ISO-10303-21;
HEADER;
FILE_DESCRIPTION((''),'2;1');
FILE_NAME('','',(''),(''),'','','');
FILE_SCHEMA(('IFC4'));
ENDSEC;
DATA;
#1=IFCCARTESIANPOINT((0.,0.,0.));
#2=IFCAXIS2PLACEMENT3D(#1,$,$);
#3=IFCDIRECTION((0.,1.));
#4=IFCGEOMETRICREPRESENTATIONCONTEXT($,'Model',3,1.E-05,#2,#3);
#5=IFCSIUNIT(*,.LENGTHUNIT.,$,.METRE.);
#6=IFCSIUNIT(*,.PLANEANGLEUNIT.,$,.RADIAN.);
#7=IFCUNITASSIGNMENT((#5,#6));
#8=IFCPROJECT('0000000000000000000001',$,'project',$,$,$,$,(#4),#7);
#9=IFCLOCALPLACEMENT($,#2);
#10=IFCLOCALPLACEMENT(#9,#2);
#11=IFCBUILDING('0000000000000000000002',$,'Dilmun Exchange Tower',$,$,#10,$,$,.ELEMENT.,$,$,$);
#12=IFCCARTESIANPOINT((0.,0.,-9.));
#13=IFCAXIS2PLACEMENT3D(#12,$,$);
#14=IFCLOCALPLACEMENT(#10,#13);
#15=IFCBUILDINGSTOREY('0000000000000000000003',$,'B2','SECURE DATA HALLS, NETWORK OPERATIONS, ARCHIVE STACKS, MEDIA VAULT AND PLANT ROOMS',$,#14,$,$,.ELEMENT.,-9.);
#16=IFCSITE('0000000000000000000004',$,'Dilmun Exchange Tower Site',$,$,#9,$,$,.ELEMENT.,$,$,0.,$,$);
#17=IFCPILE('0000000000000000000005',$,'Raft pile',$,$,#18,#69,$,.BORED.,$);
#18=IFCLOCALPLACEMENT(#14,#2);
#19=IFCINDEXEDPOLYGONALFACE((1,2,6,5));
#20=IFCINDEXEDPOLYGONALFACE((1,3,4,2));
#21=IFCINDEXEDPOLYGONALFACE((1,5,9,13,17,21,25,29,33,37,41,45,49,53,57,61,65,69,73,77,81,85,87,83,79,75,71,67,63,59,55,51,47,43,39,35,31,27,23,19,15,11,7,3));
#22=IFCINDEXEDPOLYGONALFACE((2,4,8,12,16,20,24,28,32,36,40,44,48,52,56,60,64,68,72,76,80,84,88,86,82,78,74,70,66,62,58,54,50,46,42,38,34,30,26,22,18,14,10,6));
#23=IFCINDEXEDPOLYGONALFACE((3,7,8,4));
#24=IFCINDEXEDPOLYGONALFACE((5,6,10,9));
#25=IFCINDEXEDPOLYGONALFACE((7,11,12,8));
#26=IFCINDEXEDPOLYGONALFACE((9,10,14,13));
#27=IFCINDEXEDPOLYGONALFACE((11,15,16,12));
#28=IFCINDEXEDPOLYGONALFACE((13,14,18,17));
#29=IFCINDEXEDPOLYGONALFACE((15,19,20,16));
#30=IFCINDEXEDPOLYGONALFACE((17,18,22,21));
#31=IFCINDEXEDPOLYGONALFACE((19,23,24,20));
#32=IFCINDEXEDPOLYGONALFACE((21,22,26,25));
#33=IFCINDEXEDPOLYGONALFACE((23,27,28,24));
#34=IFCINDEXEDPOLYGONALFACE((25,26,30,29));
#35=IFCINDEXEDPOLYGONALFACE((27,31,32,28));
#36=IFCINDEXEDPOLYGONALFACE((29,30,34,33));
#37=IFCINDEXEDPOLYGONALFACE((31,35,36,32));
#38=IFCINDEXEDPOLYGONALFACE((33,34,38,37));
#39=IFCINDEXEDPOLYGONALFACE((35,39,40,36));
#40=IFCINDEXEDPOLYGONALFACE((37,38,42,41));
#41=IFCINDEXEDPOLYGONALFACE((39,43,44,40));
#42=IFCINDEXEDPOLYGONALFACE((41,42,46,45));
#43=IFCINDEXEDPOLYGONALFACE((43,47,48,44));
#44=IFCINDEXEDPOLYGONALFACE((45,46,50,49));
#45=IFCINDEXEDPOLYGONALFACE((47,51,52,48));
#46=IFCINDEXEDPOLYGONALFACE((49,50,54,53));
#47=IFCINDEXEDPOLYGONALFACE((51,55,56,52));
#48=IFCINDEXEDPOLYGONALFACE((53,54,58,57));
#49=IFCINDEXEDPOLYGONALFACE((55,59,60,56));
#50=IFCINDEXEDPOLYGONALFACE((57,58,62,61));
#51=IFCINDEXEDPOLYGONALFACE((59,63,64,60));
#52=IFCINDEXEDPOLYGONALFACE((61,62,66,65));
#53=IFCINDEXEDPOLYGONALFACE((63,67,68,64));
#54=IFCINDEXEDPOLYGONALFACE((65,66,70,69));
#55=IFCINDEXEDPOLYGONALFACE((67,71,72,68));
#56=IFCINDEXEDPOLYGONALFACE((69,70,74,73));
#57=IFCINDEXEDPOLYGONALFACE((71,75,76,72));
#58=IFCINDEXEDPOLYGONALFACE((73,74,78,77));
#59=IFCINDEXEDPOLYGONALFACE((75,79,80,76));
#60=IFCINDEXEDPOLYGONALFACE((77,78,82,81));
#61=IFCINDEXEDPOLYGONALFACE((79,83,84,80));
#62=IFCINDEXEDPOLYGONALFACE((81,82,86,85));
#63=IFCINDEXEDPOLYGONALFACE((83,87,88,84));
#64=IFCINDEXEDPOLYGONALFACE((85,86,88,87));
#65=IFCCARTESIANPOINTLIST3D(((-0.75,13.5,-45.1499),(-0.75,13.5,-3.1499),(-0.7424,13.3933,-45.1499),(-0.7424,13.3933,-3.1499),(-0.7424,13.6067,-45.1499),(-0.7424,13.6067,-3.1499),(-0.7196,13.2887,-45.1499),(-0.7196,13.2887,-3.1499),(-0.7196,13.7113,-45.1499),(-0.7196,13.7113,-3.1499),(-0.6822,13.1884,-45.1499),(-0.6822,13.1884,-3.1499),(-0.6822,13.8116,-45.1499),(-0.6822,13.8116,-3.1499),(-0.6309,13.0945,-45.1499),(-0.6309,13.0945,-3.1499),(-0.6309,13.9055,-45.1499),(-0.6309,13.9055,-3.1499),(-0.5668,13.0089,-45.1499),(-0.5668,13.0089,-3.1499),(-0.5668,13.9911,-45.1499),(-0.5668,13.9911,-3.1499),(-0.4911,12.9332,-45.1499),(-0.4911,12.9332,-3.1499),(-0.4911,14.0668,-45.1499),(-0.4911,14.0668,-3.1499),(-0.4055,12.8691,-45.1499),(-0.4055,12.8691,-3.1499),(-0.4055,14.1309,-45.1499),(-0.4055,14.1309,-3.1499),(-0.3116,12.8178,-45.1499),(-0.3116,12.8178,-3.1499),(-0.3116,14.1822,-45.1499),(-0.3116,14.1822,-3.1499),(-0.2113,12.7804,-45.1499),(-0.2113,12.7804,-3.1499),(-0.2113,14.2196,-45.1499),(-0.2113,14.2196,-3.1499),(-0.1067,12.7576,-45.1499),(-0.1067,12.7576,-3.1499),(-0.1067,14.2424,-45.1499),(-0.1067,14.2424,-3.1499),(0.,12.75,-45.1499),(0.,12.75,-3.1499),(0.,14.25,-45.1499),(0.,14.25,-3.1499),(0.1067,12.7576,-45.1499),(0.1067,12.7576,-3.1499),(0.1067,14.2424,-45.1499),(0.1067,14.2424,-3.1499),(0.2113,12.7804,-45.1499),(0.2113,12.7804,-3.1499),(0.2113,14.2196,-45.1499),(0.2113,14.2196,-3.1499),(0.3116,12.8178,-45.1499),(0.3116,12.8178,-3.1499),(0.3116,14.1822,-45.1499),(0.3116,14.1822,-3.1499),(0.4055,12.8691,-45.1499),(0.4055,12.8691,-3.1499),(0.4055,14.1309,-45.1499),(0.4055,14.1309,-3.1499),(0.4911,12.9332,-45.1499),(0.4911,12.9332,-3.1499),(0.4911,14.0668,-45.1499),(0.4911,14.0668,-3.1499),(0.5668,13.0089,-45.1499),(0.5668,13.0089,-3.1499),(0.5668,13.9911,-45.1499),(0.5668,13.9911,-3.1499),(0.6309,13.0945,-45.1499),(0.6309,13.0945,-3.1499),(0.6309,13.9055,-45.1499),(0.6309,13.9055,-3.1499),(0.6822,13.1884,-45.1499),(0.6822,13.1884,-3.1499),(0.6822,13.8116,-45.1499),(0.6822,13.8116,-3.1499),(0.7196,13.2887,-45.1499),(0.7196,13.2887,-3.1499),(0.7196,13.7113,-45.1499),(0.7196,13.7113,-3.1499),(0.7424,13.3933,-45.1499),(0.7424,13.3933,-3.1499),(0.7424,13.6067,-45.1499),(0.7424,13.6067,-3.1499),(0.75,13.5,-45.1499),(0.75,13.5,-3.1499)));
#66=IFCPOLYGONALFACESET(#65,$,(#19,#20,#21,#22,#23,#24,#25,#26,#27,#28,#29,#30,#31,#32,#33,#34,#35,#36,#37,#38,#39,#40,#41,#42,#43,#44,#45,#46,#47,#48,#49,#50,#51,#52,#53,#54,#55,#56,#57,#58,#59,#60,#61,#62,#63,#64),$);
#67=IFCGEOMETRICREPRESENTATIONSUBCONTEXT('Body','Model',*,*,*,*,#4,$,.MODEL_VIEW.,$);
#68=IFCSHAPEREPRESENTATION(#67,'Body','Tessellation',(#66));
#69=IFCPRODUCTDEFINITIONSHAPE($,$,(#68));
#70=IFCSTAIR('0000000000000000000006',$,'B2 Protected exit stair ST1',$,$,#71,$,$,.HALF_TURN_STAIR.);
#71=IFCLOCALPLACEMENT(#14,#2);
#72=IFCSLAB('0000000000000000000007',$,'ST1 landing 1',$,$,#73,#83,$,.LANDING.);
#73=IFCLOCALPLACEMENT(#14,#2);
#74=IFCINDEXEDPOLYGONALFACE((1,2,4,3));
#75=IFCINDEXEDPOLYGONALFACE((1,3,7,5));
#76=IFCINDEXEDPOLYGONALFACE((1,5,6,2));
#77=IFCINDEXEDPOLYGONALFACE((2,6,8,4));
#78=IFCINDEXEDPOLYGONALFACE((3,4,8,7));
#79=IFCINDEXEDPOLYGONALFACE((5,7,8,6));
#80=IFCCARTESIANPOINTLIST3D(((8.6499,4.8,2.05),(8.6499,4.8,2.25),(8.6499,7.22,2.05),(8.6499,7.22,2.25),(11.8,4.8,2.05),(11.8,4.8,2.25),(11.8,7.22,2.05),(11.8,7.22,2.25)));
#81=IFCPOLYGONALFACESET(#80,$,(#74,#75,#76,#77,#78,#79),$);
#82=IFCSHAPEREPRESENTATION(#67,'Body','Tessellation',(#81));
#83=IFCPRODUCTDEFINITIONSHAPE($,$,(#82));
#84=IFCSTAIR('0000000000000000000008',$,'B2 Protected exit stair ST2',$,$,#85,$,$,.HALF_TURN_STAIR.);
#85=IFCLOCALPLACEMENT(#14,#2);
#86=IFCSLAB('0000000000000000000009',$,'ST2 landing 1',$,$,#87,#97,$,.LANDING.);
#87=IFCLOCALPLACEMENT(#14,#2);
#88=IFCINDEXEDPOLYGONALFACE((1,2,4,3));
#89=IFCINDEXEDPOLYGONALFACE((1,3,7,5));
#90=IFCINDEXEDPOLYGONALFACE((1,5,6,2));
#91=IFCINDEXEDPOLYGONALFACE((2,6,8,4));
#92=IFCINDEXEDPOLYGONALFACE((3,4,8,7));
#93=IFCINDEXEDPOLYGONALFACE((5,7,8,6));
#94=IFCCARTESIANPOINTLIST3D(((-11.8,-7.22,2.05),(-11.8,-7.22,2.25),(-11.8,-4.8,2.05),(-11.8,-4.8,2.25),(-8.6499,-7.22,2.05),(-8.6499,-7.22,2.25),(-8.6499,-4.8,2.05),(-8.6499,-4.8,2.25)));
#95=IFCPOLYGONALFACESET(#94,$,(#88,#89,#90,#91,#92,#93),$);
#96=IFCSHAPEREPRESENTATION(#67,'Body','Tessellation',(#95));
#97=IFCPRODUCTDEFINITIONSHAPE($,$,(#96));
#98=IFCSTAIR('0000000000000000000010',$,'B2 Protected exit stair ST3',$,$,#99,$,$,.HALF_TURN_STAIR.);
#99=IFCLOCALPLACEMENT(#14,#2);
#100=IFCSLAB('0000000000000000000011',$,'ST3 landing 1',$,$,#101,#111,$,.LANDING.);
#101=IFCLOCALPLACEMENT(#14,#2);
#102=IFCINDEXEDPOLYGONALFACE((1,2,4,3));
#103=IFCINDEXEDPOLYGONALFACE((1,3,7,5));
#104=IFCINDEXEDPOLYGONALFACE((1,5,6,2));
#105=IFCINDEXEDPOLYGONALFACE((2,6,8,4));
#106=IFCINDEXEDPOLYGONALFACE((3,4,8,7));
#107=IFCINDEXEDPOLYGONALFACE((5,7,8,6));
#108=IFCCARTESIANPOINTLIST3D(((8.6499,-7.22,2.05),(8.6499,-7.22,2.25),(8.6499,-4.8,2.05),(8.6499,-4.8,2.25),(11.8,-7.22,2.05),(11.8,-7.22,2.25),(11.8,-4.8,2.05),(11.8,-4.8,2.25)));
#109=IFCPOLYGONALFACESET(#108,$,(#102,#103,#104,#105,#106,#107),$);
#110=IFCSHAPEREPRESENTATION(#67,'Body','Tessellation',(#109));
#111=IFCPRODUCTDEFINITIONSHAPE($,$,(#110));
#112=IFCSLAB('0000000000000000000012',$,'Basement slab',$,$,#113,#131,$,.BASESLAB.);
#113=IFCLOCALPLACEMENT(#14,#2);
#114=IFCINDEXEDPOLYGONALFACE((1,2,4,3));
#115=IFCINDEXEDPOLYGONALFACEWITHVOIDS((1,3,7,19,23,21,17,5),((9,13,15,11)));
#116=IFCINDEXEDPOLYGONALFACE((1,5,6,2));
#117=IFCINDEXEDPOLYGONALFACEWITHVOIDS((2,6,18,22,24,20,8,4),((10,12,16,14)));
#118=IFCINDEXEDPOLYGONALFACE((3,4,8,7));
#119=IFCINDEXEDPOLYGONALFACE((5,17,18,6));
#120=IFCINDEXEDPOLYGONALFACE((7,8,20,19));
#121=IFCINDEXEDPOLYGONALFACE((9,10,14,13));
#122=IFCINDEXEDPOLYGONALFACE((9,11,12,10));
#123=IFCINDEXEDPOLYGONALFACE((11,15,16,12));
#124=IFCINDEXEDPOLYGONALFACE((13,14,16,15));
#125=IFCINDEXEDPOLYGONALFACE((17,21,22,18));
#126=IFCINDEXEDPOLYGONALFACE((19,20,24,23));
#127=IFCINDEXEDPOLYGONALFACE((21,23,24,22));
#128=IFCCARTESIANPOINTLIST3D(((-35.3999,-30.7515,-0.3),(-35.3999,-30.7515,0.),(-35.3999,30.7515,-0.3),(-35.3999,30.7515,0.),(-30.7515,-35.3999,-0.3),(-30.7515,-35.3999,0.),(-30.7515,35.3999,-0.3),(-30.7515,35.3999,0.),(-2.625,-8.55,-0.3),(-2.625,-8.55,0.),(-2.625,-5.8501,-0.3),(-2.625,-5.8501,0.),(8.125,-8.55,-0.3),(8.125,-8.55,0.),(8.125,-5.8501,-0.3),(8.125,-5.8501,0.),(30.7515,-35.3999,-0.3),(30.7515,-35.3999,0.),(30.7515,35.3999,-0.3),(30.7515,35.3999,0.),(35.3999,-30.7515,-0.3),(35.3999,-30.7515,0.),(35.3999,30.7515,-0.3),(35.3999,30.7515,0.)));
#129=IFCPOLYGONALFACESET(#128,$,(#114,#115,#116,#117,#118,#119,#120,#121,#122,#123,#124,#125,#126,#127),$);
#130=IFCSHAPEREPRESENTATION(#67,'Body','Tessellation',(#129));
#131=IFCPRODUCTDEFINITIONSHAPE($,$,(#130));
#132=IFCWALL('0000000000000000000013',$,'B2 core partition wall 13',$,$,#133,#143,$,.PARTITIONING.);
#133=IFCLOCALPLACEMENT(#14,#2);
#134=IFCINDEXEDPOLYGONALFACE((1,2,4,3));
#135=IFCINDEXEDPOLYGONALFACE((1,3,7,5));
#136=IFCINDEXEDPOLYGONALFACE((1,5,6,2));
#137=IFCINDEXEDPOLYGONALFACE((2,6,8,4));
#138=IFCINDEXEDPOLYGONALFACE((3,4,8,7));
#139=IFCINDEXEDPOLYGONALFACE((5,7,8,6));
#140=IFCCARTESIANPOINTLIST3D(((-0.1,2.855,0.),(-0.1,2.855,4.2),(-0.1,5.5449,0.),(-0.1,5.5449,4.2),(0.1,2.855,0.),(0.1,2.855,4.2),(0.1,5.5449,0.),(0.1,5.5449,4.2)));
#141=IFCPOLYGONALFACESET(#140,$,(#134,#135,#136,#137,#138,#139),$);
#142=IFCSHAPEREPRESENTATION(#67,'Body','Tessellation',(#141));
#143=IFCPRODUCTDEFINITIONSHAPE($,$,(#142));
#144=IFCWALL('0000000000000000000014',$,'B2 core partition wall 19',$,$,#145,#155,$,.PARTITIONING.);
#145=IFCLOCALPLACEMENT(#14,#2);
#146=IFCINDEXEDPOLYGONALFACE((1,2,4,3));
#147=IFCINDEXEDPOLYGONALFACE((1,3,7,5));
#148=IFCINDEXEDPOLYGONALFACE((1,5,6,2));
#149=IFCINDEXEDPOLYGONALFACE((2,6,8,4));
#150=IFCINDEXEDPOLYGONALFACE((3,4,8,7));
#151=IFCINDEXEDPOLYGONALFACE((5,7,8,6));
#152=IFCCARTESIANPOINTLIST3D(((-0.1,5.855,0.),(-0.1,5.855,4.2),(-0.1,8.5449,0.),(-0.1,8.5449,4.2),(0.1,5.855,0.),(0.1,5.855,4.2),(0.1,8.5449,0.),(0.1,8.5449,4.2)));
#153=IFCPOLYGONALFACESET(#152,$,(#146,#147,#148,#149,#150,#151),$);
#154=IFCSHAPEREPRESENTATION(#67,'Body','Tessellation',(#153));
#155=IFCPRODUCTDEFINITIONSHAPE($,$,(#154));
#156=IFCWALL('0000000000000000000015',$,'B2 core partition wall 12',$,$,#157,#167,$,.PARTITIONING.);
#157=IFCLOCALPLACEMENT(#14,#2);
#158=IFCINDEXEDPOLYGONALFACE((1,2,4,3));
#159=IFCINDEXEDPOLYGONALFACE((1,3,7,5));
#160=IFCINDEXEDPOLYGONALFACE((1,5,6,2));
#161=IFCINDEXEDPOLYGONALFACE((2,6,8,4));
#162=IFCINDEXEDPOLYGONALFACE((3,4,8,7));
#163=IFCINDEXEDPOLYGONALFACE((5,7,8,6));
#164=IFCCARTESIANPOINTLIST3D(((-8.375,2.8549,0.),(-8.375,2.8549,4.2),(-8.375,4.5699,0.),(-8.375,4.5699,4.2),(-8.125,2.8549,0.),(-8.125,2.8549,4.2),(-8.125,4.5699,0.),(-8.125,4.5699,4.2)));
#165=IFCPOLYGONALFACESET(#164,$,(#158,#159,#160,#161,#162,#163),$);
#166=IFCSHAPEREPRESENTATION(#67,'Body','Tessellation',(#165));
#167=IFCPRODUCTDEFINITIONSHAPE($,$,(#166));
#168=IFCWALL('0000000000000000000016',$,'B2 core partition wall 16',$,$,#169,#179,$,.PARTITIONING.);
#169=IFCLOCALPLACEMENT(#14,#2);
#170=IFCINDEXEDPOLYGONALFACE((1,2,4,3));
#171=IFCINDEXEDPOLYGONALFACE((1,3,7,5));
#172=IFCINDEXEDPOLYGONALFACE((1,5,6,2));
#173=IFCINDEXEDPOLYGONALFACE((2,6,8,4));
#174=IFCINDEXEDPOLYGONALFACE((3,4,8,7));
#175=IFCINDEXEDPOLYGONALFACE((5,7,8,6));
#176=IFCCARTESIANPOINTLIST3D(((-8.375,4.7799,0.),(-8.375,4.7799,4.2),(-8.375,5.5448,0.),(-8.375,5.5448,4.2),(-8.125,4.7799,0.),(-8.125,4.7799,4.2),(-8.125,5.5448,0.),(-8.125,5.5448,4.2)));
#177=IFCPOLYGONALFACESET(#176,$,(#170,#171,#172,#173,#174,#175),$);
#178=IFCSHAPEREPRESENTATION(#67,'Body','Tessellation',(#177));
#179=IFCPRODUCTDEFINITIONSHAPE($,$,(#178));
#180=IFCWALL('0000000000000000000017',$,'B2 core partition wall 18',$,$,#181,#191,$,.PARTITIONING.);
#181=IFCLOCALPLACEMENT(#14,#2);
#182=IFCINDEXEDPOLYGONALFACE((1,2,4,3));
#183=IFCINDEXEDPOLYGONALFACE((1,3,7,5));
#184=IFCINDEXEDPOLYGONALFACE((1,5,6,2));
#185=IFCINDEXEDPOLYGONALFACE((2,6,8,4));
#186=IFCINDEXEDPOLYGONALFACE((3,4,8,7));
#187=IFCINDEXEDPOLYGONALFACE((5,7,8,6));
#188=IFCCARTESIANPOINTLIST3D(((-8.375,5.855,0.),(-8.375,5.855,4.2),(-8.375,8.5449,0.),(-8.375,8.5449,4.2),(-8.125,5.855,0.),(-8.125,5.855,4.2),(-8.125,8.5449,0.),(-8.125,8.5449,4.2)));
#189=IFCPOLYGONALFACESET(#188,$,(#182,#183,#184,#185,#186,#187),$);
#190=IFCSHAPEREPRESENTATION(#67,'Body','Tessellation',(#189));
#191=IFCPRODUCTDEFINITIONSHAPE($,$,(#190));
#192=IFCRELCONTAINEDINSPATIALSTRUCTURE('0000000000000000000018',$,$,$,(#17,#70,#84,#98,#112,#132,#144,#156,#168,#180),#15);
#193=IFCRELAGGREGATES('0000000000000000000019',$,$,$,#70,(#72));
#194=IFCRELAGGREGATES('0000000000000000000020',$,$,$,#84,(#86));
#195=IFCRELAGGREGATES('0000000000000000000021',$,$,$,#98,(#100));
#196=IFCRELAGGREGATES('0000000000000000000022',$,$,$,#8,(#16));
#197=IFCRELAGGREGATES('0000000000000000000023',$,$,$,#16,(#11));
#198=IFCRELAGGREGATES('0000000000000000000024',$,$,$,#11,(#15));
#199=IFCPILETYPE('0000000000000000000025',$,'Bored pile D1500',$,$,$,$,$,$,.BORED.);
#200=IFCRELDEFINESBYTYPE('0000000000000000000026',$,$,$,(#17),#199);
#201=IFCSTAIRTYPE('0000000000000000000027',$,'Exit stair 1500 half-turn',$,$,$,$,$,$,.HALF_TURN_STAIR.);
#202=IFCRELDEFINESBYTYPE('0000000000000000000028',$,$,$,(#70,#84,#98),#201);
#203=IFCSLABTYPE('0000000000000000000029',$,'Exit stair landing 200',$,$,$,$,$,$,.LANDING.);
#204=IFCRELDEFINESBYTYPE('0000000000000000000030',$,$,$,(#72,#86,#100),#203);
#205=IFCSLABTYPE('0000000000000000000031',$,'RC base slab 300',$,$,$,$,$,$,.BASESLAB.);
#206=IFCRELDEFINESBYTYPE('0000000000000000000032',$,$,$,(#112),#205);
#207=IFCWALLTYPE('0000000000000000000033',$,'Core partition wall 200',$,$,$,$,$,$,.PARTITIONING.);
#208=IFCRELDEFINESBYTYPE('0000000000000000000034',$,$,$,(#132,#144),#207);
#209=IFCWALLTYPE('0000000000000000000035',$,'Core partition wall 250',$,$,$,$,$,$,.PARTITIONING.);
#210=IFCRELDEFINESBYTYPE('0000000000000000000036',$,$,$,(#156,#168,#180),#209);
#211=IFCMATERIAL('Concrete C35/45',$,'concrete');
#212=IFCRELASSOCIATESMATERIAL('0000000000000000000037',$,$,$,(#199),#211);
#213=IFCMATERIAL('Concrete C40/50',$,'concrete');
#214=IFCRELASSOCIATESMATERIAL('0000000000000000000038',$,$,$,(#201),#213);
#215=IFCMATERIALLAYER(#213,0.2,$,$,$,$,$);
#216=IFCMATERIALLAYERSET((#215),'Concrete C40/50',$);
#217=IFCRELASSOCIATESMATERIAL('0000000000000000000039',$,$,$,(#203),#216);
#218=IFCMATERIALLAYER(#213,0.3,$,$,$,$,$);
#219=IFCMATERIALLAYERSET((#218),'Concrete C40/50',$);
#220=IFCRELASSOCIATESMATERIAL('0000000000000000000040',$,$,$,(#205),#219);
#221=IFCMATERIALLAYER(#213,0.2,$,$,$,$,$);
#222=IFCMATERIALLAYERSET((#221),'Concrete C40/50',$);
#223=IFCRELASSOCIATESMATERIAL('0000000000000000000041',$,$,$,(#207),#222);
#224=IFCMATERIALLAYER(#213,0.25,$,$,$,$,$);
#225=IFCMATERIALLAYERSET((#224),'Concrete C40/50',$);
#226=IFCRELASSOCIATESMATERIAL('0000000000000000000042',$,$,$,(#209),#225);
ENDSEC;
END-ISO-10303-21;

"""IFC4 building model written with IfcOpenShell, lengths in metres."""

from ifc_helpers import new_model, si_unit, direction, frame, frame_2d, origin, origin_2d, place, context, subcontext, project, spatial, polyline, rectangle, circle, outline, extrude, material, layer, layer_set, material_profile, profile_set, type_object, element, aggregate, save


model = new_model("IFC4")

# Units and contexts
model_context = context("Model", 3, precision=1e-05, world=origin(), true_north=direction((0.0, 1.0)))
body_context = subcontext(model_context, "Body", "Model", "MODEL_VIEW")
ifc_project = project(units=[si_unit("LENGTHUNIT", "METRE"), si_unit("PLANEANGLEUNIT", "RADIAN")], contexts=[model_context])

# Site, building, storey
site_placement = place(None, origin())
site = spatial("IfcSite", under=ifc_project, at=site_placement, Name="Dilmun Exchange Tower Site", CompositionType="ELEMENT", RefElevation=0.0)
building_placement = place(site_placement, origin())
building = spatial("IfcBuilding", under=site, at=building_placement, Name="Dilmun Exchange Tower", CompositionType="ELEMENT")
storey_placement = place(building_placement, frame((0.0, 0.0, -9.0)))
storey = spatial("IfcBuildingStorey", under=building, at=storey_placement, Name="B2", Description="SECURE DATA HALLS, NETWORK OPERATIONS, ARCHIVE STACKS, MEDIA VAULT AND PLANT ROOMS", CompositionType="ELEMENT", Elevation=-9.0)

# Pile
ifc_material_1 = material(Name="Concrete C35/45", Category="concrete")
ifc_material_profile = material_profile(ifc_material_1, circle(Radius=0.75, at=origin_2d()), Name="D1500")
ifc_profile_set = profile_set([ifc_material_profile], Name="Concrete C35/45")
pile_type = type_object("IfcPileType", Name="Bored pile D1500", PredefinedType="BORED", material=ifc_profile_set)
for number, where, z_axis, x_axis, name in (
    (1, (0.0, 13.5, -3.1499), (0.0, 0.0, -1.0), (1.0, 0.0, 0.0), "Raft pile"),
):
    element("IfcPile", number, at=place(storey_placement, frame(where, z_axis=z_axis, x_axis=x_axis)), inside=storey, type_object=pile_type, Name=name, PredefinedType="BORED", context=body_context, shape_type="SweptSolid", body=[
        extrude(circle(Radius=0.75, at=origin_2d()), origin(), (0.0, 0.0, 1.0), 42.0),
    ])

# Stairs, slabs
ifc_material_2 = material(Name="Concrete C40/50", Category="concrete")
stair_type = type_object("IfcStairType", Name="Exit stair 1500 half-turn", PredefinedType="HALF_TURN_STAIR", material=ifc_material_2)
stair_1_placement = place(storey_placement, origin())
stair_1 = element("IfcStair", 2, at=stair_1_placement, inside=storey, type_object=stair_type, Name="B2 Protected exit stair ST1", PredefinedType="HALF_TURN_STAIR")
ifc_layer_1 = layer(ifc_material_2, 0.2)
ifc_layer_set_1 = layer_set([ifc_layer_1], Name="Concrete C40/50")
slab_type_1 = type_object("IfcSlabType", Name="Exit stair landing 200", PredefinedType="LANDING", material=ifc_layer_set_1)
slab_1_placement = place(storey_placement, frame((0.0, 0.0, 2.05)))
slab_1 = element("IfcSlab", 3, at=slab_1_placement, type_object=slab_type_1, Name="ST1 landing 1", PredefinedType="LANDING", context=body_context, shape_type="SweptSolid", body=[
    extrude(outline(polyline([(8.6499, 7.22), (8.6499, 4.8), (11.8, 4.8), (11.8, 7.22), (8.6499, 7.22)])), origin(), (0.0, 0.0, 1.0), 0.2),
])
aggregate(stair_1, [slab_1])
stair_2_placement = place(storey_placement, origin())
stair_2 = element("IfcStair", 4, at=stair_2_placement, inside=storey, type_object=stair_type, Name="B2 Protected exit stair ST2", PredefinedType="HALF_TURN_STAIR")
slab_2_placement = place(storey_placement, frame((0.0, 0.0, 2.05)))
slab_2 = element("IfcSlab", 5, at=slab_2_placement, type_object=slab_type_1, Name="ST2 landing 1", PredefinedType="LANDING", context=body_context, shape_type="SweptSolid", body=[
    extrude(outline(polyline([(-8.6499, -7.22), (-8.6499, -4.8), (-11.8, -4.8), (-11.8, -7.22), (-8.6499, -7.22)])), origin(), (0.0, 0.0, 1.0), 0.2),
])
aggregate(stair_2, [slab_2])
stair_3_placement = place(storey_placement, origin())
stair_3 = element("IfcStair", 6, at=stair_3_placement, inside=storey, type_object=stair_type, Name="B2 Protected exit stair ST3", PredefinedType="HALF_TURN_STAIR")
slab_3_placement = place(storey_placement, frame((0.0, 0.0, 2.05)))
slab_3 = element("IfcSlab", 7, at=slab_3_placement, type_object=slab_type_1, Name="ST3 landing 1", PredefinedType="LANDING", context=body_context, shape_type="SweptSolid", body=[
    extrude(outline(polyline([(11.8, -7.22), (11.8, -4.8), (8.6499, -4.8), (8.6499, -7.22), (11.8, -7.22)])), origin(), (0.0, 0.0, 1.0), 0.2),
])
aggregate(stair_3, [slab_3])

# Slab
ifc_layer_2 = layer(ifc_material_2, 0.3)
ifc_layer_set_2 = layer_set([ifc_layer_2], Name="Concrete C40/50")
slab_type_2 = type_object("IfcSlabType", Name="RC base slab 300", PredefinedType="BASESLAB", material=ifc_layer_set_2)
slab_4_placement = place(storey_placement, frame((0.0, 0.0, -0.3)))
element("IfcSlab", 8, at=slab_4_placement, inside=storey, type_object=slab_type_2, Name="Basement slab", PredefinedType="BASESLAB", context=body_context, shape_type="SweptSolid", body=[
    extrude(outline(polyline([(-35.3999, -30.7515), (-35.3999, 30.7515), (-30.7515, 35.3999), (30.7515, 35.3999), (35.3999, 30.7515), (35.3999, -30.7515), (30.7515, -35.3999), (-30.7515, -35.3999), (-35.3999, -30.7515)]), holes=[polyline([(8.125, -8.55), (8.125, -5.8501), (-2.625, -5.8501), (-2.625, -8.55), (8.125, -8.55)])]), origin(), (0.0, 0.0, 1.0), 0.3),
])

# Walls
ifc_layer_3 = layer(ifc_material_2, 0.2)
ifc_layer_set_3 = layer_set([ifc_layer_3], Name="Concrete C40/50")
wall_type_1 = type_object("IfcWallType", Name="Core partition wall 200", PredefinedType="PARTITIONING", material=ifc_layer_set_3)
for number, where, z_axis, x_axis, name in (
    (9, (0.0, 2.855, 0.0), (0.0, 0.0, 1.0), (0.0, 1.0, 0.0), "B2 core partition wall 13"),
    (10, (0.0, 5.855, 0.0), (0.0, 0.0, 1.0), (0.0, 1.0, 0.0), "B2 core partition wall 19"),
):
    element("IfcWall", number, at=place(storey_placement, frame(where, z_axis=z_axis, x_axis=x_axis)), inside=storey, type_object=wall_type_1, Name=name, PredefinedType="PARTITIONING", context=body_context, shape_type="SweptSolid", body=[
        extrude(rectangle(XDim=2.6899, YDim=0.2, at=frame_2d((1.345, 0.0))), origin(), (0.0, 0.0, 1.0), 4.2),
    ])
ifc_layer_4 = layer(ifc_material_2, 0.25)
ifc_layer_set_4 = layer_set([ifc_layer_4], Name="Concrete C40/50")
wall_type_2 = type_object("IfcWallType", Name="Core partition wall 250", PredefinedType="PARTITIONING", material=ifc_layer_set_4)
wall_1_placement = place(storey_placement, frame((-8.25, 2.855, 0.0), z_axis=(0.0, 0.0, 1.0), x_axis=(0.0, 1.0, 0.0)))
element("IfcWall", 11, at=wall_1_placement, inside=storey, type_object=wall_type_2, Name="B2 core partition wall 12", PredefinedType="PARTITIONING", context=body_context, shape_type="SweptSolid", body=[
    extrude(rectangle(XDim=1.7151, YDim=0.25, at=frame_2d((0.8574, 0.0))), origin(), (0.0, 0.0, 1.0), 4.2),
])
wall_2_placement = place(storey_placement, frame((-8.25, 4.78, 0.0), z_axis=(0.0, 0.0, 1.0), x_axis=(0.0, 1.0, 0.0)))
element("IfcWall", 12, at=wall_2_placement, inside=storey, type_object=wall_type_2, Name="B2 core partition wall 16", PredefinedType="PARTITIONING", context=body_context, shape_type="SweptSolid", body=[
    extrude(rectangle(XDim=0.7649, YDim=0.25, at=frame_2d((0.3823, 0.0))), origin(), (0.0, 0.0, 1.0), 4.2),
])
wall_3_placement = place(storey_placement, frame((-8.25, 5.855, 0.0), z_axis=(0.0, 0.0, 1.0), x_axis=(0.0, 1.0, 0.0)))
element("IfcWall", 13, at=wall_3_placement, inside=storey, type_object=wall_type_2, Name="B2 core partition wall 18", PredefinedType="PARTITIONING", context=body_context, shape_type="SweptSolid", body=[
    extrude(rectangle(XDim=2.6899, YDim=0.25, at=frame_2d((1.345, 0.0))), origin(), (0.0, 0.0, 1.0), 4.2),
])

save(model, "model.ifc")
